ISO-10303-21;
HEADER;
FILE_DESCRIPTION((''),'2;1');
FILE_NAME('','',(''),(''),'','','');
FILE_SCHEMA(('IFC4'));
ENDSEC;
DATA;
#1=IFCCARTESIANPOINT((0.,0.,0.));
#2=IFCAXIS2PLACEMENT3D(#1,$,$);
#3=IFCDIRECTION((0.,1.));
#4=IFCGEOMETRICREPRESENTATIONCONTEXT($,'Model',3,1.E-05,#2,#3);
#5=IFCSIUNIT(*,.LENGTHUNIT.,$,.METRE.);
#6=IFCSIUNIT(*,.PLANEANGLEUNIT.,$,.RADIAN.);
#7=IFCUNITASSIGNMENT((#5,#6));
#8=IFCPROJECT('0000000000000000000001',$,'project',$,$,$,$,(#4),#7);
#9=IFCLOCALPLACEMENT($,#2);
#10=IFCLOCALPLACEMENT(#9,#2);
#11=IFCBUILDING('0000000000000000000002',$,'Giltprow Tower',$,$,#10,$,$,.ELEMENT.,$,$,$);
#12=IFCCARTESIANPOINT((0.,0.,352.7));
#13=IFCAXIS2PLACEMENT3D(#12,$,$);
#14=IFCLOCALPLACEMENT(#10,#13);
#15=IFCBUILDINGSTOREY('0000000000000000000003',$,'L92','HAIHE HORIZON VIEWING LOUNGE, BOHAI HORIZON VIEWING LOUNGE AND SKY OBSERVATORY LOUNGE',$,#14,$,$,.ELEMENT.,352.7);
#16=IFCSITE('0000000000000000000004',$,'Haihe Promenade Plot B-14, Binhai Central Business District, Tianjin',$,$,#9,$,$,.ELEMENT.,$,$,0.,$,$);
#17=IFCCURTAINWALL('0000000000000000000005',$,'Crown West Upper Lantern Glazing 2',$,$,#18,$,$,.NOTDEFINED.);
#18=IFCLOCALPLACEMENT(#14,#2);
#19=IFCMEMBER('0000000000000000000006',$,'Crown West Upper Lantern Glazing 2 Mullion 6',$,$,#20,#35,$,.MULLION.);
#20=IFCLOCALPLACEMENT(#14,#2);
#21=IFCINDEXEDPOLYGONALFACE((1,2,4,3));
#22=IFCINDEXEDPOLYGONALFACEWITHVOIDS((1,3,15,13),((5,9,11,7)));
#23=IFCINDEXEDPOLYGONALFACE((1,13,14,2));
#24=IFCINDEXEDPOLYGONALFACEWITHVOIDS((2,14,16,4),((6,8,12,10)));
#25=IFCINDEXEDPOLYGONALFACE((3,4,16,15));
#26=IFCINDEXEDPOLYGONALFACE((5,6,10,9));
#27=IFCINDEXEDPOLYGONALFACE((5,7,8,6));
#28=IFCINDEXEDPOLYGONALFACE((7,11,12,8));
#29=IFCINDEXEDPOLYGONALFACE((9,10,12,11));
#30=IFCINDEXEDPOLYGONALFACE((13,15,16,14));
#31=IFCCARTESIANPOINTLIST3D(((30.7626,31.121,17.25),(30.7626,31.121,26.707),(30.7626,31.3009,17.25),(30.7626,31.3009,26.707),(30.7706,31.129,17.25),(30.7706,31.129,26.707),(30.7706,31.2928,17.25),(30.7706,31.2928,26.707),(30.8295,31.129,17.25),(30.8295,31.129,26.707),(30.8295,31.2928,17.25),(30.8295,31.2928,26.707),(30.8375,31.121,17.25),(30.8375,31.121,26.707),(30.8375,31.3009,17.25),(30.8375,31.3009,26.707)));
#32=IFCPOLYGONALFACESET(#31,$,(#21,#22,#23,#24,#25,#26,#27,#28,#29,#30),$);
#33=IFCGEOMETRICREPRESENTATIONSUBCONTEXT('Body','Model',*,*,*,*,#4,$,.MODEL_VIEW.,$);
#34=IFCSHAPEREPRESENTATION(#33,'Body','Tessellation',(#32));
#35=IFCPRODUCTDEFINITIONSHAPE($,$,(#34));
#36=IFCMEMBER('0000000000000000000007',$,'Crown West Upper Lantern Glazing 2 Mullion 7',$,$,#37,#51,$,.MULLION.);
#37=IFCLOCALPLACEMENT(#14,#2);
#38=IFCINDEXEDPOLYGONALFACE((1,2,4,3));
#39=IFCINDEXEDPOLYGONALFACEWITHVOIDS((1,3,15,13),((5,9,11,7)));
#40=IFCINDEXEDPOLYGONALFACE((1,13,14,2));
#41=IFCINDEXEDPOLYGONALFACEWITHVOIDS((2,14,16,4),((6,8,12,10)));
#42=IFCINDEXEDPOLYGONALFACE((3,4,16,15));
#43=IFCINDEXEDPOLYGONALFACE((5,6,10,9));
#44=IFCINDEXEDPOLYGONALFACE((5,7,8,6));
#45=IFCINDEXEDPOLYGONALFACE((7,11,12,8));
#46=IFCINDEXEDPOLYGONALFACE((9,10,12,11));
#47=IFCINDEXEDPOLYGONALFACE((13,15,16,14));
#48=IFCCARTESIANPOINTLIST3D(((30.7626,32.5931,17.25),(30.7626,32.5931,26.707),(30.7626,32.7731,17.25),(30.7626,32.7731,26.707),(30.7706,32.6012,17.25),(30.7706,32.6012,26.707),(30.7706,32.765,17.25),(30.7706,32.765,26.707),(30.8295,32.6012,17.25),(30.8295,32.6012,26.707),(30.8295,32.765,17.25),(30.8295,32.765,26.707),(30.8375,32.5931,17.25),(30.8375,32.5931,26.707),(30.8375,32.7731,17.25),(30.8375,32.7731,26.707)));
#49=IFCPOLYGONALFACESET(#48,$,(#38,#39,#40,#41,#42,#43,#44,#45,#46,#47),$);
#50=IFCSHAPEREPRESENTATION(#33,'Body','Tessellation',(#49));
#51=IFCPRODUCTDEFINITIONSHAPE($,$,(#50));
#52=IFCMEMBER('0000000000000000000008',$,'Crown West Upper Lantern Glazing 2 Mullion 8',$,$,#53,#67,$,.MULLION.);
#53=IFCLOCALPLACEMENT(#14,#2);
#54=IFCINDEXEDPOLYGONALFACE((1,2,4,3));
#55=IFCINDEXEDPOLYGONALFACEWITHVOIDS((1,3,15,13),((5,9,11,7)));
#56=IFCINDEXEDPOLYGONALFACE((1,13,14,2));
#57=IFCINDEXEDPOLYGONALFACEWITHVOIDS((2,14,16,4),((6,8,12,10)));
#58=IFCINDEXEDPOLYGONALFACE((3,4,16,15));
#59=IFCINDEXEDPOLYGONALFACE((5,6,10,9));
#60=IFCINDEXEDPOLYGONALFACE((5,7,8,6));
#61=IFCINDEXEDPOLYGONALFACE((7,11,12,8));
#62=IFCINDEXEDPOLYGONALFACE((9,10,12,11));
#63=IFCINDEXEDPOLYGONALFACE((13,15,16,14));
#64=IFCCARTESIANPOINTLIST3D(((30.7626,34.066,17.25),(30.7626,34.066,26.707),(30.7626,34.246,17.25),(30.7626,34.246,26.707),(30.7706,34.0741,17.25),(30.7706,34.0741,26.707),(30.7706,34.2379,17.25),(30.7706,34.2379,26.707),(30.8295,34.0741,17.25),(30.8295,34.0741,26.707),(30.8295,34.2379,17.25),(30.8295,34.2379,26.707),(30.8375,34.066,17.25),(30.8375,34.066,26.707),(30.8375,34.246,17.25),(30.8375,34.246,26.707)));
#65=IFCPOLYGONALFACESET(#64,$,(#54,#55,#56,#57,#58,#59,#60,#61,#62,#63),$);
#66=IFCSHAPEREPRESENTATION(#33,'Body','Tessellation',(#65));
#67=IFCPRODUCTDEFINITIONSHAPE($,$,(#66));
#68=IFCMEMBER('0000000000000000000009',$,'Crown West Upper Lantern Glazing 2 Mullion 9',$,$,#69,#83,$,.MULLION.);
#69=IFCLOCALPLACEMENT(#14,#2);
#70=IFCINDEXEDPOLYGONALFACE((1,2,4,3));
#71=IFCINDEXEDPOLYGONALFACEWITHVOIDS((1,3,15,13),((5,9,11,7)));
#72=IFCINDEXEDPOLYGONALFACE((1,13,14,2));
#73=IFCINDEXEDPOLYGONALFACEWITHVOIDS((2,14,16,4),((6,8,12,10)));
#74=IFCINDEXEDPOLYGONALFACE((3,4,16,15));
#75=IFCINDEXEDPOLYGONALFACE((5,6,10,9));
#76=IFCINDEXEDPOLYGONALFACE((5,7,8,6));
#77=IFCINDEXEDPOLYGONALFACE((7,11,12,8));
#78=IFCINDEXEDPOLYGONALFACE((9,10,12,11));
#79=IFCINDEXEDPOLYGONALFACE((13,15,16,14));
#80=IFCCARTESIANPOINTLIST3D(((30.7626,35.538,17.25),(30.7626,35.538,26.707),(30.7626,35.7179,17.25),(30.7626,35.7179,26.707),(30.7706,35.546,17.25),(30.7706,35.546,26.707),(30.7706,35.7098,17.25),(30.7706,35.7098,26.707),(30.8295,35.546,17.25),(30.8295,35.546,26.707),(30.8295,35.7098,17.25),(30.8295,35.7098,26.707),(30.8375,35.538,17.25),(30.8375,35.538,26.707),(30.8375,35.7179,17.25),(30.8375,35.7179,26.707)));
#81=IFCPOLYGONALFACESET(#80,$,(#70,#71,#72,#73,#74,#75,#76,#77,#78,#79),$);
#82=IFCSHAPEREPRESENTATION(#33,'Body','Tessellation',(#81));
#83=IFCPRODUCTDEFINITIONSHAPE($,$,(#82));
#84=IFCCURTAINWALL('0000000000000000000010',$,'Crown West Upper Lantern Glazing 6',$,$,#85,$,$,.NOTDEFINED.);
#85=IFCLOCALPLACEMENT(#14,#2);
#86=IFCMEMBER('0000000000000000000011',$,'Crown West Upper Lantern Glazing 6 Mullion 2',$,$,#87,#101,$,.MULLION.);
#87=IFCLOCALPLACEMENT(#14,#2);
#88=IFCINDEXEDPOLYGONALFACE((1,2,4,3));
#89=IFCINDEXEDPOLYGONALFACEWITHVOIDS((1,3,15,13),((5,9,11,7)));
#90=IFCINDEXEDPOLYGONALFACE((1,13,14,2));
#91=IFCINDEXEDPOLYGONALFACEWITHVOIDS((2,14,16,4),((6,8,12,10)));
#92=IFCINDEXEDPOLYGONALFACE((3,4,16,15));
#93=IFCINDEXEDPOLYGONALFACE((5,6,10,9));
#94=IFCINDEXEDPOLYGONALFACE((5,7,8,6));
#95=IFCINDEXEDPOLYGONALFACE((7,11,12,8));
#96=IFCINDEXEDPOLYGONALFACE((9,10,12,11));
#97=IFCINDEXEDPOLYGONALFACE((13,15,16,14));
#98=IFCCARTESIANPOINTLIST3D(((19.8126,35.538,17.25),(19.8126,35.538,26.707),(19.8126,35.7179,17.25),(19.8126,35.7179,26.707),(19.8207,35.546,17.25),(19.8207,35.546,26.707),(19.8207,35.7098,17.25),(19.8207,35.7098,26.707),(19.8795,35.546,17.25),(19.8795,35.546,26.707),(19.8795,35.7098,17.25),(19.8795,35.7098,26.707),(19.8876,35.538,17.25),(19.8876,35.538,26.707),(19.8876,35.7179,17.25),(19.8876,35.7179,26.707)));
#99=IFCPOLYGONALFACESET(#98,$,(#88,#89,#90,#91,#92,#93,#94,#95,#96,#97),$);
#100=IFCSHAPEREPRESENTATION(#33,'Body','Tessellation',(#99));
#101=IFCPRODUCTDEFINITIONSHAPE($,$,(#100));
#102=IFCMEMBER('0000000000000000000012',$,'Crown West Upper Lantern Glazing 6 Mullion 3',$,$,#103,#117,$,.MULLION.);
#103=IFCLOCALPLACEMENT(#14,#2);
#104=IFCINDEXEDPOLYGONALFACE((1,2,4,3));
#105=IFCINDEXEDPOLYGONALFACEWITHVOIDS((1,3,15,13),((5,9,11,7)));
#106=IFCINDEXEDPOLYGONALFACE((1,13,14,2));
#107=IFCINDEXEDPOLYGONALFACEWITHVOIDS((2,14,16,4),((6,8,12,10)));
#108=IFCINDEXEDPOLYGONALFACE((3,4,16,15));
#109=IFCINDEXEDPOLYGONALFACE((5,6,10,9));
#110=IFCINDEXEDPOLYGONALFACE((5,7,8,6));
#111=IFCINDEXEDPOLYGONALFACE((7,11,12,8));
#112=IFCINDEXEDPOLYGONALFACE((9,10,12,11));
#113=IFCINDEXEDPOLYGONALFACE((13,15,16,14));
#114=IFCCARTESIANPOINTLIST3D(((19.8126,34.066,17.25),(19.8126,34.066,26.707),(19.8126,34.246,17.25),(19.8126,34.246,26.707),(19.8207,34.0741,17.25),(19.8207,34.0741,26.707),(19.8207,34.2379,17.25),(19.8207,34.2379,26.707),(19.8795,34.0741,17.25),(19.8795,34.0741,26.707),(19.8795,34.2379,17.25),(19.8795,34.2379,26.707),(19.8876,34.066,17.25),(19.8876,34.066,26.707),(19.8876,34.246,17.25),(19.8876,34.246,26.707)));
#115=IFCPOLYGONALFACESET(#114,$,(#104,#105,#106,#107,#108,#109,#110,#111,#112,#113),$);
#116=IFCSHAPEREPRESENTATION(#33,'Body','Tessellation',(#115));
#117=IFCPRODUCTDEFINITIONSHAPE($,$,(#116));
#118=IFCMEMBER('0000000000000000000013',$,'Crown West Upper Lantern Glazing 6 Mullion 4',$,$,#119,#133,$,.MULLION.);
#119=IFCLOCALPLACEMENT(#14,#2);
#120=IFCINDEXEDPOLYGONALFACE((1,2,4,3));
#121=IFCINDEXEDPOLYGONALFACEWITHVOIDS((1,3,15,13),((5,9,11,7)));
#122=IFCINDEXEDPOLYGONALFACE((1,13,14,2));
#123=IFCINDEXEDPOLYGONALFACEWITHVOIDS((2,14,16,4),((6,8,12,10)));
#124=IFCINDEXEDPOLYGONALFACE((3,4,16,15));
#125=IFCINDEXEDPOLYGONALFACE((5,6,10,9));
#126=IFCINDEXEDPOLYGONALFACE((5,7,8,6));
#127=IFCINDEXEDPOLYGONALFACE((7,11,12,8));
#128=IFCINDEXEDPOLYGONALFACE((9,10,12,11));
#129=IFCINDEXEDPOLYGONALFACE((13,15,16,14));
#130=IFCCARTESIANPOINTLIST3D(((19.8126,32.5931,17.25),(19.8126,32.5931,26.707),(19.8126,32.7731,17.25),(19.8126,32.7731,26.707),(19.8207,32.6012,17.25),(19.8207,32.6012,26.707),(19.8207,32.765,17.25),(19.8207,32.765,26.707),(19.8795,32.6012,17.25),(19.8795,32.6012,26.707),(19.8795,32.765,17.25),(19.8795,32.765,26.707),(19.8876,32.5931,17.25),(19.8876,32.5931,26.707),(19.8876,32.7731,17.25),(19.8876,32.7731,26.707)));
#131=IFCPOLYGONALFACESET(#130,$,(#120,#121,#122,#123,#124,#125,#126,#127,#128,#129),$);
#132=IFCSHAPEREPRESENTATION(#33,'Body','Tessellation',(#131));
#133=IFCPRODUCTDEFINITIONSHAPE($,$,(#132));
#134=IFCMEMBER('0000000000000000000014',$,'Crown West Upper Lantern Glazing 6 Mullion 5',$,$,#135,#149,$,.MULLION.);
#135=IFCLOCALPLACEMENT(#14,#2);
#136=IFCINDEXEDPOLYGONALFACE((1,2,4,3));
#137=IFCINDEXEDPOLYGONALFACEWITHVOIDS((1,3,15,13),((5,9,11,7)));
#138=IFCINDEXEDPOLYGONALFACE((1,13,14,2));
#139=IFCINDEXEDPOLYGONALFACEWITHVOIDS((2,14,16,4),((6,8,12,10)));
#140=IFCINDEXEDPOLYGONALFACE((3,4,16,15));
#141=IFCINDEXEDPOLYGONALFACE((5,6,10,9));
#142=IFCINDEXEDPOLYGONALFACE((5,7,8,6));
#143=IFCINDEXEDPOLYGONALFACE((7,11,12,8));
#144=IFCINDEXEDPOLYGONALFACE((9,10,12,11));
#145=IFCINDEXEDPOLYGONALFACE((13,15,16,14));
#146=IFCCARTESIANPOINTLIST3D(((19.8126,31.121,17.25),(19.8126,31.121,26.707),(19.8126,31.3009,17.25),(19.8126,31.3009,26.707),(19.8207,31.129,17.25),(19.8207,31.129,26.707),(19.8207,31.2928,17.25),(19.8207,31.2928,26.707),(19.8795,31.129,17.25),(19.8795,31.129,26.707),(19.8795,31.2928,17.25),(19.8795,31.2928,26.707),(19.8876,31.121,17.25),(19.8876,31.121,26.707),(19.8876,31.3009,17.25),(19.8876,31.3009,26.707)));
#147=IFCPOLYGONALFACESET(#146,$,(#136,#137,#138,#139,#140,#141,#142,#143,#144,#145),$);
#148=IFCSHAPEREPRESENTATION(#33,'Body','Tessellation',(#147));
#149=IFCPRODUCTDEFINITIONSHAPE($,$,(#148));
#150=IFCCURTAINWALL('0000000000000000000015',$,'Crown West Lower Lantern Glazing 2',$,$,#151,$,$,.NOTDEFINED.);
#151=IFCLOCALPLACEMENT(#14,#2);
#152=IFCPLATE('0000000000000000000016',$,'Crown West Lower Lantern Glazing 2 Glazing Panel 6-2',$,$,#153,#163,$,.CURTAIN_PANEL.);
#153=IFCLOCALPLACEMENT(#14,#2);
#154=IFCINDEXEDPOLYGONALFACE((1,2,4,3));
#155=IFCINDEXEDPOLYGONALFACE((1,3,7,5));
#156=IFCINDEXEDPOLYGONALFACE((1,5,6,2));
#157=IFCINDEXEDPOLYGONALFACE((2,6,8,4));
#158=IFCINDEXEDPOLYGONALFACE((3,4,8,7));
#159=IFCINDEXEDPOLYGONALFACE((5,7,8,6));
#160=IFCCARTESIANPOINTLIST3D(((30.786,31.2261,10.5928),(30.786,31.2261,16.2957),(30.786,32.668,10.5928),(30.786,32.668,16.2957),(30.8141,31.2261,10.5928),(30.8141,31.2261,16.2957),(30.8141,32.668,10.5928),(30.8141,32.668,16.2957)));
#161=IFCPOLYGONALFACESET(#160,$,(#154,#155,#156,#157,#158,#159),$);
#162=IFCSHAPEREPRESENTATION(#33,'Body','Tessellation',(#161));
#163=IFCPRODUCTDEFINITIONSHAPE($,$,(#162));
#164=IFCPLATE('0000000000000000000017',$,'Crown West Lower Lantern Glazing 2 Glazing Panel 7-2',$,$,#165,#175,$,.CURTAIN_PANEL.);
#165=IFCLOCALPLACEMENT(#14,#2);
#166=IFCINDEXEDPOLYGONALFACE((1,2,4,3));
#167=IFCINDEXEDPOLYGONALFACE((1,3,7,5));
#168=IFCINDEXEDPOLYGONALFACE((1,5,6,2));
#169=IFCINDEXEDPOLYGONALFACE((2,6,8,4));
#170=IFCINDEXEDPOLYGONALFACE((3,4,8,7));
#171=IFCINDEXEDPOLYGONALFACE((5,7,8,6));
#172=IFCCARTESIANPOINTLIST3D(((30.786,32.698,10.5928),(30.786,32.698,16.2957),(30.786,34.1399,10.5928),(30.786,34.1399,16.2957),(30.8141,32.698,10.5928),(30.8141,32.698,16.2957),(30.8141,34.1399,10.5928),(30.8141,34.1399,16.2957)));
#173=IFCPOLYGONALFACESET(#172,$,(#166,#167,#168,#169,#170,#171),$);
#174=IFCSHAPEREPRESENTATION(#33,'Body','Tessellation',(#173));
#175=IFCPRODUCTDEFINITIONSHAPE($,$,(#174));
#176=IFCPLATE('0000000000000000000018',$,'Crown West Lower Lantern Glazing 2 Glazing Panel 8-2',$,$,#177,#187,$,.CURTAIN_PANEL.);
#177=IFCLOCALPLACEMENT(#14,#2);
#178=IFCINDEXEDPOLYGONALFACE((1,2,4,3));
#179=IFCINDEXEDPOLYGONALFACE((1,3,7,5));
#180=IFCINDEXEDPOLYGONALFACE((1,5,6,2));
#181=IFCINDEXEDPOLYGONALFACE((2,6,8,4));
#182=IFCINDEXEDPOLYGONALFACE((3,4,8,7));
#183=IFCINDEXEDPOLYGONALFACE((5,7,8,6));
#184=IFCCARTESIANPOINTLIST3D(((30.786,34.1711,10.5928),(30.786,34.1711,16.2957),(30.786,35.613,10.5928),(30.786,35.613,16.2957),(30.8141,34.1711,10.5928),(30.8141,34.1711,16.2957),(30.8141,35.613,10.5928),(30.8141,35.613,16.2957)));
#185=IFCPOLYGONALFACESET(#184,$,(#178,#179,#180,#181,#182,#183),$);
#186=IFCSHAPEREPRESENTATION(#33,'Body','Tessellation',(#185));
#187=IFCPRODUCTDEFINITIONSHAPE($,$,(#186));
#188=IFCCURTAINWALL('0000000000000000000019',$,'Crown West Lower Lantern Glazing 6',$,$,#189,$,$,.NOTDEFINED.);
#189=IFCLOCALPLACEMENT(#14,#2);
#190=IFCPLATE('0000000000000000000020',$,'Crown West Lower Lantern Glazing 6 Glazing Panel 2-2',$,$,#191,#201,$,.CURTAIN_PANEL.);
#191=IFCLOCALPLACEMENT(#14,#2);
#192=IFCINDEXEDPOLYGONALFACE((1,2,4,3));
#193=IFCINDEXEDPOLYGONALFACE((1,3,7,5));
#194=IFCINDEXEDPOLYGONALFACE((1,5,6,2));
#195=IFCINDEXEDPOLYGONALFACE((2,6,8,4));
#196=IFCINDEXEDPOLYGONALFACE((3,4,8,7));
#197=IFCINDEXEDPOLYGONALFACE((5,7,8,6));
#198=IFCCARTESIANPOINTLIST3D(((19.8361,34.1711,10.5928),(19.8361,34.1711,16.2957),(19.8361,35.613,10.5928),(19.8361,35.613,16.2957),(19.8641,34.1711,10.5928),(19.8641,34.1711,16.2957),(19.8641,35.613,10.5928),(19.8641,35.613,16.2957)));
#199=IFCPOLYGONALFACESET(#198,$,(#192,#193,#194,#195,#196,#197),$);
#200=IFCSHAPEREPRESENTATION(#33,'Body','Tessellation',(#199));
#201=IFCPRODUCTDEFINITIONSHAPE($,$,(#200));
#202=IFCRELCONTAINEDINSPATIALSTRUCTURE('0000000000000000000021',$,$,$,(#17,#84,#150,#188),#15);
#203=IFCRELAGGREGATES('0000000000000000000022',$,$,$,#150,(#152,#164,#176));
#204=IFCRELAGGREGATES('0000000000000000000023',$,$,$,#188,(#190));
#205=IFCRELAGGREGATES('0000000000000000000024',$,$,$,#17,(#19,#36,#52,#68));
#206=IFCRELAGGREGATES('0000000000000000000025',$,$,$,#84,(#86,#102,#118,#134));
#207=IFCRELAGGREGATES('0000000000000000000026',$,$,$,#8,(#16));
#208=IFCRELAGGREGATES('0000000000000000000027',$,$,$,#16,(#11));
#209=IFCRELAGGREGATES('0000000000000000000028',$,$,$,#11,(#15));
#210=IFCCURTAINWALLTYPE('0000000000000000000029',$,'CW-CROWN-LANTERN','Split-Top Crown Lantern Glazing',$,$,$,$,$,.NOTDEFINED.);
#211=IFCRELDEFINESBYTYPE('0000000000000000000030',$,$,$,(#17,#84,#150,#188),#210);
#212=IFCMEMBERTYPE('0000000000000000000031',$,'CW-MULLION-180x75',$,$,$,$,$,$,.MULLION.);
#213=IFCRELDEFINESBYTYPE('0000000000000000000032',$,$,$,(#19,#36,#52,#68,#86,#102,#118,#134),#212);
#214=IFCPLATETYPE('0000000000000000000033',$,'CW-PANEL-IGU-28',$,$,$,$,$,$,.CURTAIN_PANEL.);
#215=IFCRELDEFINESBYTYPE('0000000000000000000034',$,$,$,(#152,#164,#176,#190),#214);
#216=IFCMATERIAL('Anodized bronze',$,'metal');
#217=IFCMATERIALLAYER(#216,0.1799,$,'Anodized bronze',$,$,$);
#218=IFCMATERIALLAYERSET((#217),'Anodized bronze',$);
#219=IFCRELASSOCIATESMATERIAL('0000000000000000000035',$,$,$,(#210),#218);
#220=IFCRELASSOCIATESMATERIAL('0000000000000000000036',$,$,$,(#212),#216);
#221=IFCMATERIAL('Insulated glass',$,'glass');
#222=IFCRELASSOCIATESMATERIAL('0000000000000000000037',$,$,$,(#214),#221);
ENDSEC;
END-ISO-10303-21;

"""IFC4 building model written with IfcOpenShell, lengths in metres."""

from ifc_helpers import new_model, si_unit, direction, frame, origin, origin_2d, place, context, subcontext, project, spatial, rectangle, hollow_rectangle, extrude, source, transform, mapped, material, layer, layer_set, material_profile, profile_set, type_object, element, aggregate, save


model = new_model("IFC4")

# Units and contexts
model_context = context("Model", 3, precision=1e-05, world=origin(), true_north=direction((0.0, 1.0)))
body_context = subcontext(model_context, "Body", "Model", "MODEL_VIEW")
ifc_project = project(units=[si_unit("LENGTHUNIT", "METRE"), si_unit("PLANEANGLEUNIT", "RADIAN")], contexts=[model_context])

# Site, building, storey
site_placement = place(None, origin())
site = spatial("IfcSite", under=ifc_project, at=site_placement, Name="Haihe Promenade Plot B-14, Binhai Central Business District, Tianjin", CompositionType="ELEMENT", RefElevation=0.0)
building_placement = place(site_placement, origin())
building = spatial("IfcBuilding", under=site, at=building_placement, Name="Giltprow Tower", CompositionType="ELEMENT")
storey_placement = place(building_placement, frame((0.0, 0.0, 352.7)))
storey = spatial("IfcBuildingStorey", under=building, at=storey_placement, Name="L92", Description="HAIHE HORIZON VIEWING LOUNGE, BOHAI HORIZON VIEWING LOUNGE AND SKY OBSERVATORY LOUNGE", CompositionType="ELEMENT", Elevation=352.7)

# Curtain walls, members
ifc_material_1 = material(Name="Anodized bronze", Category="metal")
ifc_layer = layer(ifc_material_1, 0.1799, Name="Anodized bronze")
ifc_layer_set = layer_set([ifc_layer], Name="Anodized bronze")
curtain_wall_type = type_object("IfcCurtainWallType", Name="CW-CROWN-LANTERN", Description="Split-Top Crown Lantern Glazing", PredefinedType="NOTDEFINED", material=ifc_layer_set)
curtain_wall_1_placement = place(storey_placement, origin())
curtain_wall_1 = element("IfcCurtainWall", 1, at=curtain_wall_1_placement, inside=storey, type_object=curtain_wall_type, Name="Crown West Upper Lantern Glazing 2", PredefinedType="NOTDEFINED")
ifc_material_profile = material_profile(ifc_material_1, hollow_rectangle(XDim=0.075, YDim=0.1799, WallThickness=0.0081, at=origin_2d()), Name="RHS 180x75x8")
ifc_profile_set = profile_set([ifc_material_profile], Name="Anodized bronze")
member_type = type_object("IfcMemberType", Name="CW-MULLION-180x75", PredefinedType="MULLION", material=ifc_profile_set)
shared_shape_1 = source(origin(), body_context, "Body", "SweptSolid", [
    extrude(hollow_rectangle(XDim=0.075, YDim=0.1799, WallThickness=0.0081, at=origin_2d()), origin(), (0.0, 0.0, 1.0), 9.457),
])
member_1_placement = place(storey_placement, frame((30.8, 31.2109, 17.25), z_axis=(0.0, 0.0, 1.0), x_axis=(1.0, 0.0, 0.0)))
member_1 = element("IfcMember", 2, at=member_1_placement, type_object=member_type, Name="Crown West Upper Lantern Glazing 2 Mullion 6", PredefinedType="MULLION", context=body_context, shape_type="MappedRepresentation", body=[
    mapped(shared_shape_1, transform((0.0, 0.0, 0.0), x_axis=(1.0, 0.0, 0.0), y_axis=(0.0, 1.0, 0.0), z_axis=(0.0, 0.0, 1.0), scale=1.0)),
])
member_2_placement = place(storey_placement, frame((30.8, 32.6831, 17.25), z_axis=(0.0, 0.0, 1.0), x_axis=(1.0, 0.0, 0.0)))
member_2 = element("IfcMember", 3, at=member_2_placement, type_object=member_type, Name="Crown West Upper Lantern Glazing 2 Mullion 7", PredefinedType="MULLION", context=body_context, shape_type="MappedRepresentation", body=[
    mapped(shared_shape_1, transform((0.0, 0.0, 0.0), x_axis=(1.0, 0.0, 0.0), y_axis=(0.0, 1.0, 0.0), z_axis=(0.0, 0.0, 1.0), scale=1.0)),
])
member_3_placement = place(storey_placement, frame((30.8, 34.156, 17.25), z_axis=(0.0, 0.0, 1.0), x_axis=(1.0, 0.0, 0.0)))
member_3 = element("IfcMember", 4, at=member_3_placement, type_object=member_type, Name="Crown West Upper Lantern Glazing 2 Mullion 8", PredefinedType="MULLION", context=body_context, shape_type="MappedRepresentation", body=[
    mapped(shared_shape_1, transform((0.0, 0.0, 0.0), x_axis=(1.0, 0.0, 0.0), y_axis=(0.0, 1.0, 0.0), z_axis=(0.0, 0.0, 1.0), scale=1.0)),
])
member_4_placement = place(storey_placement, frame((30.8, 35.6279, 17.25), z_axis=(0.0, 0.0, 1.0), x_axis=(1.0, 0.0, 0.0)))
member_4 = element("IfcMember", 5, at=member_4_placement, type_object=member_type, Name="Crown West Upper Lantern Glazing 2 Mullion 9", PredefinedType="MULLION", context=body_context, shape_type="MappedRepresentation", body=[
    mapped(shared_shape_1, transform((0.0, 0.0, 0.0), x_axis=(1.0, 0.0, 0.0), y_axis=(0.0, 1.0, 0.0), z_axis=(0.0, 0.0, 1.0), scale=1.0)),
])
curtain_wall_2_placement = place(storey_placement, origin())
curtain_wall_2 = element("IfcCurtainWall", 6, at=curtain_wall_2_placement, inside=storey, type_object=curtain_wall_type, Name="Crown West Upper Lantern Glazing 6", PredefinedType="NOTDEFINED")
member_5_placement = place(storey_placement, frame((19.8501, 35.6279, 17.25), z_axis=(0.0, 0.0, 1.0), x_axis=(1.0, 0.0, 0.0)))
member_5 = element("IfcMember", 7, at=member_5_placement, type_object=member_type, Name="Crown West Upper Lantern Glazing 6 Mullion 2", PredefinedType="MULLION", context=body_context, shape_type="MappedRepresentation", body=[
    mapped(shared_shape_1, transform((0.0, 0.0, 0.0), x_axis=(1.0, 0.0, 0.0), y_axis=(0.0, 1.0, 0.0), z_axis=(0.0, 0.0, 1.0), scale=1.0)),
])
member_6_placement = place(storey_placement, frame((19.8501, 34.156, 17.25), z_axis=(0.0, 0.0, 1.0), x_axis=(1.0, 0.0, 0.0)))
member_6 = element("IfcMember", 8, at=member_6_placement, type_object=member_type, Name="Crown West Upper Lantern Glazing 6 Mullion 3", PredefinedType="MULLION", context=body_context, shape_type="MappedRepresentation", body=[
    mapped(shared_shape_1, transform((0.0, 0.0, 0.0), x_axis=(1.0, 0.0, 0.0), y_axis=(0.0, 1.0, 0.0), z_axis=(0.0, 0.0, 1.0), scale=1.0)),
])
member_7_placement = place(storey_placement, frame((19.8501, 32.6831, 17.25), z_axis=(0.0, 0.0, 1.0), x_axis=(1.0, 0.0, 0.0)))
member_7 = element("IfcMember", 9, at=member_7_placement, type_object=member_type, Name="Crown West Upper Lantern Glazing 6 Mullion 4", PredefinedType="MULLION", context=body_context, shape_type="MappedRepresentation", body=[
    mapped(shared_shape_1, transform((0.0, 0.0, 0.0), x_axis=(1.0, 0.0, 0.0), y_axis=(0.0, 1.0, 0.0), z_axis=(0.0, 0.0, 1.0), scale=1.0)),
])
member_8_placement = place(storey_placement, frame((19.8501, 31.2109, 17.25), z_axis=(0.0, 0.0, 1.0), x_axis=(1.0, 0.0, 0.0)))
member_8 = element("IfcMember", 10, at=member_8_placement, type_object=member_type, Name="Crown West Upper Lantern Glazing 6 Mullion 5", PredefinedType="MULLION", context=body_context, shape_type="MappedRepresentation", body=[
    mapped(shared_shape_1, transform((0.0, 0.0, 0.0), x_axis=(1.0, 0.0, 0.0), y_axis=(0.0, 1.0, 0.0), z_axis=(0.0, 0.0, 1.0), scale=1.0)),
])

# Curtain walls, plates
curtain_wall_3_placement = place(storey_placement, origin())
curtain_wall_3 = element("IfcCurtainWall", 11, at=curtain_wall_3_placement, inside=storey, type_object=curtain_wall_type, Name="Crown West Lower Lantern Glazing 2", PredefinedType="NOTDEFINED")
ifc_material_2 = material(Name="Insulated glass", Category="glass")
plate_type = type_object("IfcPlateType", Name="CW-PANEL-IGU-28", PredefinedType="CURTAIN_PANEL", material=ifc_material_2)
shared_shape_2 = source(origin(), body_context, "Body", "SweptSolid", [
    extrude(rectangle(XDim=1.4419, YDim=0.0281, at=origin_2d()), origin(), (0.0, 0.0, 1.0), 5.7029),
])
plate_1_placement = place(storey_placement, frame((30.8, 31.947, 10.5928), z_axis=(0.0, 0.0, 1.0), x_axis=(0.0, 1.0, 0.0)))
plate_1 = element("IfcPlate", 12, at=plate_1_placement, type_object=plate_type, Name="Crown West Lower Lantern Glazing 2 Glazing Panel 6-2", PredefinedType="CURTAIN_PANEL", context=body_context, shape_type="MappedRepresentation", body=[
    mapped(shared_shape_2, transform((0.0, 0.0, 0.0), x_axis=(1.0, 0.0, 0.0), y_axis=(0.0, 1.0, 0.0), z_axis=(0.0, 0.0, 1.0), scale=1.0)),
])
plate_2_placement = place(storey_placement, frame((30.8, 33.4189, 10.5928), z_axis=(0.0, 0.0, 1.0), x_axis=(0.0, 1.0, 0.0)))
plate_2 = element("IfcPlate", 13, at=plate_2_placement, type_object=plate_type, Name="Crown West Lower Lantern Glazing 2 Glazing Panel 7-2", PredefinedType="CURTAIN_PANEL", context=body_context, shape_type="MappedRepresentation", body=[
    mapped(shared_shape_2, transform((0.0, 0.0, 0.0), x_axis=(1.0, 0.0, 0.0), y_axis=(0.0, 1.0, 0.0), z_axis=(0.0, 0.0, 1.0), scale=1.0)),
])
plate_3_placement = place(storey_placement, frame((30.8, 34.8921, 10.5928), z_axis=(0.0, 0.0, 1.0), x_axis=(0.0, 1.0, 0.0)))
plate_3 = element("IfcPlate", 14, at=plate_3_placement, type_object=plate_type, Name="Crown West Lower Lantern Glazing 2 Glazing Panel 8-2", PredefinedType="CURTAIN_PANEL", context=body_context, shape_type="MappedRepresentation", body=[
    mapped(shared_shape_2, transform((0.0, 0.0, 0.0), x_axis=(1.0, 0.0, 0.0), y_axis=(0.0, 1.0, 0.0), z_axis=(0.0, 0.0, 1.0), scale=1.0)),
])
aggregate(curtain_wall_3, [plate_1, plate_2, plate_3])
curtain_wall_4_placement = place(storey_placement, origin())
curtain_wall_4 = element("IfcCurtainWall", 15, at=curtain_wall_4_placement, inside=storey, type_object=curtain_wall_type, Name="Crown West Lower Lantern Glazing 6", PredefinedType="NOTDEFINED")
plate_4_placement = place(storey_placement, frame((19.8501, 34.8921, 10.5928), z_axis=(0.0, 0.0, 1.0), x_axis=(0.0, -1.0, 0.0)))
plate_4 = element("IfcPlate", 16, at=plate_4_placement, type_object=plate_type, Name="Crown West Lower Lantern Glazing 6 Glazing Panel 2-2", PredefinedType="CURTAIN_PANEL", context=body_context, shape_type="MappedRepresentation", body=[
    mapped(shared_shape_2, transform((0.0, 0.0, 0.0), x_axis=(1.0, 0.0, 0.0), y_axis=(0.0, 1.0, 0.0), z_axis=(0.0, 0.0, 1.0), scale=1.0)),
])
aggregate(curtain_wall_4, [plate_4])

aggregate(curtain_wall_1, [member_1, member_2, member_3, member_4])
aggregate(curtain_wall_2, [member_5, member_6, member_7, member_8])

save(model, "model.ifc")
